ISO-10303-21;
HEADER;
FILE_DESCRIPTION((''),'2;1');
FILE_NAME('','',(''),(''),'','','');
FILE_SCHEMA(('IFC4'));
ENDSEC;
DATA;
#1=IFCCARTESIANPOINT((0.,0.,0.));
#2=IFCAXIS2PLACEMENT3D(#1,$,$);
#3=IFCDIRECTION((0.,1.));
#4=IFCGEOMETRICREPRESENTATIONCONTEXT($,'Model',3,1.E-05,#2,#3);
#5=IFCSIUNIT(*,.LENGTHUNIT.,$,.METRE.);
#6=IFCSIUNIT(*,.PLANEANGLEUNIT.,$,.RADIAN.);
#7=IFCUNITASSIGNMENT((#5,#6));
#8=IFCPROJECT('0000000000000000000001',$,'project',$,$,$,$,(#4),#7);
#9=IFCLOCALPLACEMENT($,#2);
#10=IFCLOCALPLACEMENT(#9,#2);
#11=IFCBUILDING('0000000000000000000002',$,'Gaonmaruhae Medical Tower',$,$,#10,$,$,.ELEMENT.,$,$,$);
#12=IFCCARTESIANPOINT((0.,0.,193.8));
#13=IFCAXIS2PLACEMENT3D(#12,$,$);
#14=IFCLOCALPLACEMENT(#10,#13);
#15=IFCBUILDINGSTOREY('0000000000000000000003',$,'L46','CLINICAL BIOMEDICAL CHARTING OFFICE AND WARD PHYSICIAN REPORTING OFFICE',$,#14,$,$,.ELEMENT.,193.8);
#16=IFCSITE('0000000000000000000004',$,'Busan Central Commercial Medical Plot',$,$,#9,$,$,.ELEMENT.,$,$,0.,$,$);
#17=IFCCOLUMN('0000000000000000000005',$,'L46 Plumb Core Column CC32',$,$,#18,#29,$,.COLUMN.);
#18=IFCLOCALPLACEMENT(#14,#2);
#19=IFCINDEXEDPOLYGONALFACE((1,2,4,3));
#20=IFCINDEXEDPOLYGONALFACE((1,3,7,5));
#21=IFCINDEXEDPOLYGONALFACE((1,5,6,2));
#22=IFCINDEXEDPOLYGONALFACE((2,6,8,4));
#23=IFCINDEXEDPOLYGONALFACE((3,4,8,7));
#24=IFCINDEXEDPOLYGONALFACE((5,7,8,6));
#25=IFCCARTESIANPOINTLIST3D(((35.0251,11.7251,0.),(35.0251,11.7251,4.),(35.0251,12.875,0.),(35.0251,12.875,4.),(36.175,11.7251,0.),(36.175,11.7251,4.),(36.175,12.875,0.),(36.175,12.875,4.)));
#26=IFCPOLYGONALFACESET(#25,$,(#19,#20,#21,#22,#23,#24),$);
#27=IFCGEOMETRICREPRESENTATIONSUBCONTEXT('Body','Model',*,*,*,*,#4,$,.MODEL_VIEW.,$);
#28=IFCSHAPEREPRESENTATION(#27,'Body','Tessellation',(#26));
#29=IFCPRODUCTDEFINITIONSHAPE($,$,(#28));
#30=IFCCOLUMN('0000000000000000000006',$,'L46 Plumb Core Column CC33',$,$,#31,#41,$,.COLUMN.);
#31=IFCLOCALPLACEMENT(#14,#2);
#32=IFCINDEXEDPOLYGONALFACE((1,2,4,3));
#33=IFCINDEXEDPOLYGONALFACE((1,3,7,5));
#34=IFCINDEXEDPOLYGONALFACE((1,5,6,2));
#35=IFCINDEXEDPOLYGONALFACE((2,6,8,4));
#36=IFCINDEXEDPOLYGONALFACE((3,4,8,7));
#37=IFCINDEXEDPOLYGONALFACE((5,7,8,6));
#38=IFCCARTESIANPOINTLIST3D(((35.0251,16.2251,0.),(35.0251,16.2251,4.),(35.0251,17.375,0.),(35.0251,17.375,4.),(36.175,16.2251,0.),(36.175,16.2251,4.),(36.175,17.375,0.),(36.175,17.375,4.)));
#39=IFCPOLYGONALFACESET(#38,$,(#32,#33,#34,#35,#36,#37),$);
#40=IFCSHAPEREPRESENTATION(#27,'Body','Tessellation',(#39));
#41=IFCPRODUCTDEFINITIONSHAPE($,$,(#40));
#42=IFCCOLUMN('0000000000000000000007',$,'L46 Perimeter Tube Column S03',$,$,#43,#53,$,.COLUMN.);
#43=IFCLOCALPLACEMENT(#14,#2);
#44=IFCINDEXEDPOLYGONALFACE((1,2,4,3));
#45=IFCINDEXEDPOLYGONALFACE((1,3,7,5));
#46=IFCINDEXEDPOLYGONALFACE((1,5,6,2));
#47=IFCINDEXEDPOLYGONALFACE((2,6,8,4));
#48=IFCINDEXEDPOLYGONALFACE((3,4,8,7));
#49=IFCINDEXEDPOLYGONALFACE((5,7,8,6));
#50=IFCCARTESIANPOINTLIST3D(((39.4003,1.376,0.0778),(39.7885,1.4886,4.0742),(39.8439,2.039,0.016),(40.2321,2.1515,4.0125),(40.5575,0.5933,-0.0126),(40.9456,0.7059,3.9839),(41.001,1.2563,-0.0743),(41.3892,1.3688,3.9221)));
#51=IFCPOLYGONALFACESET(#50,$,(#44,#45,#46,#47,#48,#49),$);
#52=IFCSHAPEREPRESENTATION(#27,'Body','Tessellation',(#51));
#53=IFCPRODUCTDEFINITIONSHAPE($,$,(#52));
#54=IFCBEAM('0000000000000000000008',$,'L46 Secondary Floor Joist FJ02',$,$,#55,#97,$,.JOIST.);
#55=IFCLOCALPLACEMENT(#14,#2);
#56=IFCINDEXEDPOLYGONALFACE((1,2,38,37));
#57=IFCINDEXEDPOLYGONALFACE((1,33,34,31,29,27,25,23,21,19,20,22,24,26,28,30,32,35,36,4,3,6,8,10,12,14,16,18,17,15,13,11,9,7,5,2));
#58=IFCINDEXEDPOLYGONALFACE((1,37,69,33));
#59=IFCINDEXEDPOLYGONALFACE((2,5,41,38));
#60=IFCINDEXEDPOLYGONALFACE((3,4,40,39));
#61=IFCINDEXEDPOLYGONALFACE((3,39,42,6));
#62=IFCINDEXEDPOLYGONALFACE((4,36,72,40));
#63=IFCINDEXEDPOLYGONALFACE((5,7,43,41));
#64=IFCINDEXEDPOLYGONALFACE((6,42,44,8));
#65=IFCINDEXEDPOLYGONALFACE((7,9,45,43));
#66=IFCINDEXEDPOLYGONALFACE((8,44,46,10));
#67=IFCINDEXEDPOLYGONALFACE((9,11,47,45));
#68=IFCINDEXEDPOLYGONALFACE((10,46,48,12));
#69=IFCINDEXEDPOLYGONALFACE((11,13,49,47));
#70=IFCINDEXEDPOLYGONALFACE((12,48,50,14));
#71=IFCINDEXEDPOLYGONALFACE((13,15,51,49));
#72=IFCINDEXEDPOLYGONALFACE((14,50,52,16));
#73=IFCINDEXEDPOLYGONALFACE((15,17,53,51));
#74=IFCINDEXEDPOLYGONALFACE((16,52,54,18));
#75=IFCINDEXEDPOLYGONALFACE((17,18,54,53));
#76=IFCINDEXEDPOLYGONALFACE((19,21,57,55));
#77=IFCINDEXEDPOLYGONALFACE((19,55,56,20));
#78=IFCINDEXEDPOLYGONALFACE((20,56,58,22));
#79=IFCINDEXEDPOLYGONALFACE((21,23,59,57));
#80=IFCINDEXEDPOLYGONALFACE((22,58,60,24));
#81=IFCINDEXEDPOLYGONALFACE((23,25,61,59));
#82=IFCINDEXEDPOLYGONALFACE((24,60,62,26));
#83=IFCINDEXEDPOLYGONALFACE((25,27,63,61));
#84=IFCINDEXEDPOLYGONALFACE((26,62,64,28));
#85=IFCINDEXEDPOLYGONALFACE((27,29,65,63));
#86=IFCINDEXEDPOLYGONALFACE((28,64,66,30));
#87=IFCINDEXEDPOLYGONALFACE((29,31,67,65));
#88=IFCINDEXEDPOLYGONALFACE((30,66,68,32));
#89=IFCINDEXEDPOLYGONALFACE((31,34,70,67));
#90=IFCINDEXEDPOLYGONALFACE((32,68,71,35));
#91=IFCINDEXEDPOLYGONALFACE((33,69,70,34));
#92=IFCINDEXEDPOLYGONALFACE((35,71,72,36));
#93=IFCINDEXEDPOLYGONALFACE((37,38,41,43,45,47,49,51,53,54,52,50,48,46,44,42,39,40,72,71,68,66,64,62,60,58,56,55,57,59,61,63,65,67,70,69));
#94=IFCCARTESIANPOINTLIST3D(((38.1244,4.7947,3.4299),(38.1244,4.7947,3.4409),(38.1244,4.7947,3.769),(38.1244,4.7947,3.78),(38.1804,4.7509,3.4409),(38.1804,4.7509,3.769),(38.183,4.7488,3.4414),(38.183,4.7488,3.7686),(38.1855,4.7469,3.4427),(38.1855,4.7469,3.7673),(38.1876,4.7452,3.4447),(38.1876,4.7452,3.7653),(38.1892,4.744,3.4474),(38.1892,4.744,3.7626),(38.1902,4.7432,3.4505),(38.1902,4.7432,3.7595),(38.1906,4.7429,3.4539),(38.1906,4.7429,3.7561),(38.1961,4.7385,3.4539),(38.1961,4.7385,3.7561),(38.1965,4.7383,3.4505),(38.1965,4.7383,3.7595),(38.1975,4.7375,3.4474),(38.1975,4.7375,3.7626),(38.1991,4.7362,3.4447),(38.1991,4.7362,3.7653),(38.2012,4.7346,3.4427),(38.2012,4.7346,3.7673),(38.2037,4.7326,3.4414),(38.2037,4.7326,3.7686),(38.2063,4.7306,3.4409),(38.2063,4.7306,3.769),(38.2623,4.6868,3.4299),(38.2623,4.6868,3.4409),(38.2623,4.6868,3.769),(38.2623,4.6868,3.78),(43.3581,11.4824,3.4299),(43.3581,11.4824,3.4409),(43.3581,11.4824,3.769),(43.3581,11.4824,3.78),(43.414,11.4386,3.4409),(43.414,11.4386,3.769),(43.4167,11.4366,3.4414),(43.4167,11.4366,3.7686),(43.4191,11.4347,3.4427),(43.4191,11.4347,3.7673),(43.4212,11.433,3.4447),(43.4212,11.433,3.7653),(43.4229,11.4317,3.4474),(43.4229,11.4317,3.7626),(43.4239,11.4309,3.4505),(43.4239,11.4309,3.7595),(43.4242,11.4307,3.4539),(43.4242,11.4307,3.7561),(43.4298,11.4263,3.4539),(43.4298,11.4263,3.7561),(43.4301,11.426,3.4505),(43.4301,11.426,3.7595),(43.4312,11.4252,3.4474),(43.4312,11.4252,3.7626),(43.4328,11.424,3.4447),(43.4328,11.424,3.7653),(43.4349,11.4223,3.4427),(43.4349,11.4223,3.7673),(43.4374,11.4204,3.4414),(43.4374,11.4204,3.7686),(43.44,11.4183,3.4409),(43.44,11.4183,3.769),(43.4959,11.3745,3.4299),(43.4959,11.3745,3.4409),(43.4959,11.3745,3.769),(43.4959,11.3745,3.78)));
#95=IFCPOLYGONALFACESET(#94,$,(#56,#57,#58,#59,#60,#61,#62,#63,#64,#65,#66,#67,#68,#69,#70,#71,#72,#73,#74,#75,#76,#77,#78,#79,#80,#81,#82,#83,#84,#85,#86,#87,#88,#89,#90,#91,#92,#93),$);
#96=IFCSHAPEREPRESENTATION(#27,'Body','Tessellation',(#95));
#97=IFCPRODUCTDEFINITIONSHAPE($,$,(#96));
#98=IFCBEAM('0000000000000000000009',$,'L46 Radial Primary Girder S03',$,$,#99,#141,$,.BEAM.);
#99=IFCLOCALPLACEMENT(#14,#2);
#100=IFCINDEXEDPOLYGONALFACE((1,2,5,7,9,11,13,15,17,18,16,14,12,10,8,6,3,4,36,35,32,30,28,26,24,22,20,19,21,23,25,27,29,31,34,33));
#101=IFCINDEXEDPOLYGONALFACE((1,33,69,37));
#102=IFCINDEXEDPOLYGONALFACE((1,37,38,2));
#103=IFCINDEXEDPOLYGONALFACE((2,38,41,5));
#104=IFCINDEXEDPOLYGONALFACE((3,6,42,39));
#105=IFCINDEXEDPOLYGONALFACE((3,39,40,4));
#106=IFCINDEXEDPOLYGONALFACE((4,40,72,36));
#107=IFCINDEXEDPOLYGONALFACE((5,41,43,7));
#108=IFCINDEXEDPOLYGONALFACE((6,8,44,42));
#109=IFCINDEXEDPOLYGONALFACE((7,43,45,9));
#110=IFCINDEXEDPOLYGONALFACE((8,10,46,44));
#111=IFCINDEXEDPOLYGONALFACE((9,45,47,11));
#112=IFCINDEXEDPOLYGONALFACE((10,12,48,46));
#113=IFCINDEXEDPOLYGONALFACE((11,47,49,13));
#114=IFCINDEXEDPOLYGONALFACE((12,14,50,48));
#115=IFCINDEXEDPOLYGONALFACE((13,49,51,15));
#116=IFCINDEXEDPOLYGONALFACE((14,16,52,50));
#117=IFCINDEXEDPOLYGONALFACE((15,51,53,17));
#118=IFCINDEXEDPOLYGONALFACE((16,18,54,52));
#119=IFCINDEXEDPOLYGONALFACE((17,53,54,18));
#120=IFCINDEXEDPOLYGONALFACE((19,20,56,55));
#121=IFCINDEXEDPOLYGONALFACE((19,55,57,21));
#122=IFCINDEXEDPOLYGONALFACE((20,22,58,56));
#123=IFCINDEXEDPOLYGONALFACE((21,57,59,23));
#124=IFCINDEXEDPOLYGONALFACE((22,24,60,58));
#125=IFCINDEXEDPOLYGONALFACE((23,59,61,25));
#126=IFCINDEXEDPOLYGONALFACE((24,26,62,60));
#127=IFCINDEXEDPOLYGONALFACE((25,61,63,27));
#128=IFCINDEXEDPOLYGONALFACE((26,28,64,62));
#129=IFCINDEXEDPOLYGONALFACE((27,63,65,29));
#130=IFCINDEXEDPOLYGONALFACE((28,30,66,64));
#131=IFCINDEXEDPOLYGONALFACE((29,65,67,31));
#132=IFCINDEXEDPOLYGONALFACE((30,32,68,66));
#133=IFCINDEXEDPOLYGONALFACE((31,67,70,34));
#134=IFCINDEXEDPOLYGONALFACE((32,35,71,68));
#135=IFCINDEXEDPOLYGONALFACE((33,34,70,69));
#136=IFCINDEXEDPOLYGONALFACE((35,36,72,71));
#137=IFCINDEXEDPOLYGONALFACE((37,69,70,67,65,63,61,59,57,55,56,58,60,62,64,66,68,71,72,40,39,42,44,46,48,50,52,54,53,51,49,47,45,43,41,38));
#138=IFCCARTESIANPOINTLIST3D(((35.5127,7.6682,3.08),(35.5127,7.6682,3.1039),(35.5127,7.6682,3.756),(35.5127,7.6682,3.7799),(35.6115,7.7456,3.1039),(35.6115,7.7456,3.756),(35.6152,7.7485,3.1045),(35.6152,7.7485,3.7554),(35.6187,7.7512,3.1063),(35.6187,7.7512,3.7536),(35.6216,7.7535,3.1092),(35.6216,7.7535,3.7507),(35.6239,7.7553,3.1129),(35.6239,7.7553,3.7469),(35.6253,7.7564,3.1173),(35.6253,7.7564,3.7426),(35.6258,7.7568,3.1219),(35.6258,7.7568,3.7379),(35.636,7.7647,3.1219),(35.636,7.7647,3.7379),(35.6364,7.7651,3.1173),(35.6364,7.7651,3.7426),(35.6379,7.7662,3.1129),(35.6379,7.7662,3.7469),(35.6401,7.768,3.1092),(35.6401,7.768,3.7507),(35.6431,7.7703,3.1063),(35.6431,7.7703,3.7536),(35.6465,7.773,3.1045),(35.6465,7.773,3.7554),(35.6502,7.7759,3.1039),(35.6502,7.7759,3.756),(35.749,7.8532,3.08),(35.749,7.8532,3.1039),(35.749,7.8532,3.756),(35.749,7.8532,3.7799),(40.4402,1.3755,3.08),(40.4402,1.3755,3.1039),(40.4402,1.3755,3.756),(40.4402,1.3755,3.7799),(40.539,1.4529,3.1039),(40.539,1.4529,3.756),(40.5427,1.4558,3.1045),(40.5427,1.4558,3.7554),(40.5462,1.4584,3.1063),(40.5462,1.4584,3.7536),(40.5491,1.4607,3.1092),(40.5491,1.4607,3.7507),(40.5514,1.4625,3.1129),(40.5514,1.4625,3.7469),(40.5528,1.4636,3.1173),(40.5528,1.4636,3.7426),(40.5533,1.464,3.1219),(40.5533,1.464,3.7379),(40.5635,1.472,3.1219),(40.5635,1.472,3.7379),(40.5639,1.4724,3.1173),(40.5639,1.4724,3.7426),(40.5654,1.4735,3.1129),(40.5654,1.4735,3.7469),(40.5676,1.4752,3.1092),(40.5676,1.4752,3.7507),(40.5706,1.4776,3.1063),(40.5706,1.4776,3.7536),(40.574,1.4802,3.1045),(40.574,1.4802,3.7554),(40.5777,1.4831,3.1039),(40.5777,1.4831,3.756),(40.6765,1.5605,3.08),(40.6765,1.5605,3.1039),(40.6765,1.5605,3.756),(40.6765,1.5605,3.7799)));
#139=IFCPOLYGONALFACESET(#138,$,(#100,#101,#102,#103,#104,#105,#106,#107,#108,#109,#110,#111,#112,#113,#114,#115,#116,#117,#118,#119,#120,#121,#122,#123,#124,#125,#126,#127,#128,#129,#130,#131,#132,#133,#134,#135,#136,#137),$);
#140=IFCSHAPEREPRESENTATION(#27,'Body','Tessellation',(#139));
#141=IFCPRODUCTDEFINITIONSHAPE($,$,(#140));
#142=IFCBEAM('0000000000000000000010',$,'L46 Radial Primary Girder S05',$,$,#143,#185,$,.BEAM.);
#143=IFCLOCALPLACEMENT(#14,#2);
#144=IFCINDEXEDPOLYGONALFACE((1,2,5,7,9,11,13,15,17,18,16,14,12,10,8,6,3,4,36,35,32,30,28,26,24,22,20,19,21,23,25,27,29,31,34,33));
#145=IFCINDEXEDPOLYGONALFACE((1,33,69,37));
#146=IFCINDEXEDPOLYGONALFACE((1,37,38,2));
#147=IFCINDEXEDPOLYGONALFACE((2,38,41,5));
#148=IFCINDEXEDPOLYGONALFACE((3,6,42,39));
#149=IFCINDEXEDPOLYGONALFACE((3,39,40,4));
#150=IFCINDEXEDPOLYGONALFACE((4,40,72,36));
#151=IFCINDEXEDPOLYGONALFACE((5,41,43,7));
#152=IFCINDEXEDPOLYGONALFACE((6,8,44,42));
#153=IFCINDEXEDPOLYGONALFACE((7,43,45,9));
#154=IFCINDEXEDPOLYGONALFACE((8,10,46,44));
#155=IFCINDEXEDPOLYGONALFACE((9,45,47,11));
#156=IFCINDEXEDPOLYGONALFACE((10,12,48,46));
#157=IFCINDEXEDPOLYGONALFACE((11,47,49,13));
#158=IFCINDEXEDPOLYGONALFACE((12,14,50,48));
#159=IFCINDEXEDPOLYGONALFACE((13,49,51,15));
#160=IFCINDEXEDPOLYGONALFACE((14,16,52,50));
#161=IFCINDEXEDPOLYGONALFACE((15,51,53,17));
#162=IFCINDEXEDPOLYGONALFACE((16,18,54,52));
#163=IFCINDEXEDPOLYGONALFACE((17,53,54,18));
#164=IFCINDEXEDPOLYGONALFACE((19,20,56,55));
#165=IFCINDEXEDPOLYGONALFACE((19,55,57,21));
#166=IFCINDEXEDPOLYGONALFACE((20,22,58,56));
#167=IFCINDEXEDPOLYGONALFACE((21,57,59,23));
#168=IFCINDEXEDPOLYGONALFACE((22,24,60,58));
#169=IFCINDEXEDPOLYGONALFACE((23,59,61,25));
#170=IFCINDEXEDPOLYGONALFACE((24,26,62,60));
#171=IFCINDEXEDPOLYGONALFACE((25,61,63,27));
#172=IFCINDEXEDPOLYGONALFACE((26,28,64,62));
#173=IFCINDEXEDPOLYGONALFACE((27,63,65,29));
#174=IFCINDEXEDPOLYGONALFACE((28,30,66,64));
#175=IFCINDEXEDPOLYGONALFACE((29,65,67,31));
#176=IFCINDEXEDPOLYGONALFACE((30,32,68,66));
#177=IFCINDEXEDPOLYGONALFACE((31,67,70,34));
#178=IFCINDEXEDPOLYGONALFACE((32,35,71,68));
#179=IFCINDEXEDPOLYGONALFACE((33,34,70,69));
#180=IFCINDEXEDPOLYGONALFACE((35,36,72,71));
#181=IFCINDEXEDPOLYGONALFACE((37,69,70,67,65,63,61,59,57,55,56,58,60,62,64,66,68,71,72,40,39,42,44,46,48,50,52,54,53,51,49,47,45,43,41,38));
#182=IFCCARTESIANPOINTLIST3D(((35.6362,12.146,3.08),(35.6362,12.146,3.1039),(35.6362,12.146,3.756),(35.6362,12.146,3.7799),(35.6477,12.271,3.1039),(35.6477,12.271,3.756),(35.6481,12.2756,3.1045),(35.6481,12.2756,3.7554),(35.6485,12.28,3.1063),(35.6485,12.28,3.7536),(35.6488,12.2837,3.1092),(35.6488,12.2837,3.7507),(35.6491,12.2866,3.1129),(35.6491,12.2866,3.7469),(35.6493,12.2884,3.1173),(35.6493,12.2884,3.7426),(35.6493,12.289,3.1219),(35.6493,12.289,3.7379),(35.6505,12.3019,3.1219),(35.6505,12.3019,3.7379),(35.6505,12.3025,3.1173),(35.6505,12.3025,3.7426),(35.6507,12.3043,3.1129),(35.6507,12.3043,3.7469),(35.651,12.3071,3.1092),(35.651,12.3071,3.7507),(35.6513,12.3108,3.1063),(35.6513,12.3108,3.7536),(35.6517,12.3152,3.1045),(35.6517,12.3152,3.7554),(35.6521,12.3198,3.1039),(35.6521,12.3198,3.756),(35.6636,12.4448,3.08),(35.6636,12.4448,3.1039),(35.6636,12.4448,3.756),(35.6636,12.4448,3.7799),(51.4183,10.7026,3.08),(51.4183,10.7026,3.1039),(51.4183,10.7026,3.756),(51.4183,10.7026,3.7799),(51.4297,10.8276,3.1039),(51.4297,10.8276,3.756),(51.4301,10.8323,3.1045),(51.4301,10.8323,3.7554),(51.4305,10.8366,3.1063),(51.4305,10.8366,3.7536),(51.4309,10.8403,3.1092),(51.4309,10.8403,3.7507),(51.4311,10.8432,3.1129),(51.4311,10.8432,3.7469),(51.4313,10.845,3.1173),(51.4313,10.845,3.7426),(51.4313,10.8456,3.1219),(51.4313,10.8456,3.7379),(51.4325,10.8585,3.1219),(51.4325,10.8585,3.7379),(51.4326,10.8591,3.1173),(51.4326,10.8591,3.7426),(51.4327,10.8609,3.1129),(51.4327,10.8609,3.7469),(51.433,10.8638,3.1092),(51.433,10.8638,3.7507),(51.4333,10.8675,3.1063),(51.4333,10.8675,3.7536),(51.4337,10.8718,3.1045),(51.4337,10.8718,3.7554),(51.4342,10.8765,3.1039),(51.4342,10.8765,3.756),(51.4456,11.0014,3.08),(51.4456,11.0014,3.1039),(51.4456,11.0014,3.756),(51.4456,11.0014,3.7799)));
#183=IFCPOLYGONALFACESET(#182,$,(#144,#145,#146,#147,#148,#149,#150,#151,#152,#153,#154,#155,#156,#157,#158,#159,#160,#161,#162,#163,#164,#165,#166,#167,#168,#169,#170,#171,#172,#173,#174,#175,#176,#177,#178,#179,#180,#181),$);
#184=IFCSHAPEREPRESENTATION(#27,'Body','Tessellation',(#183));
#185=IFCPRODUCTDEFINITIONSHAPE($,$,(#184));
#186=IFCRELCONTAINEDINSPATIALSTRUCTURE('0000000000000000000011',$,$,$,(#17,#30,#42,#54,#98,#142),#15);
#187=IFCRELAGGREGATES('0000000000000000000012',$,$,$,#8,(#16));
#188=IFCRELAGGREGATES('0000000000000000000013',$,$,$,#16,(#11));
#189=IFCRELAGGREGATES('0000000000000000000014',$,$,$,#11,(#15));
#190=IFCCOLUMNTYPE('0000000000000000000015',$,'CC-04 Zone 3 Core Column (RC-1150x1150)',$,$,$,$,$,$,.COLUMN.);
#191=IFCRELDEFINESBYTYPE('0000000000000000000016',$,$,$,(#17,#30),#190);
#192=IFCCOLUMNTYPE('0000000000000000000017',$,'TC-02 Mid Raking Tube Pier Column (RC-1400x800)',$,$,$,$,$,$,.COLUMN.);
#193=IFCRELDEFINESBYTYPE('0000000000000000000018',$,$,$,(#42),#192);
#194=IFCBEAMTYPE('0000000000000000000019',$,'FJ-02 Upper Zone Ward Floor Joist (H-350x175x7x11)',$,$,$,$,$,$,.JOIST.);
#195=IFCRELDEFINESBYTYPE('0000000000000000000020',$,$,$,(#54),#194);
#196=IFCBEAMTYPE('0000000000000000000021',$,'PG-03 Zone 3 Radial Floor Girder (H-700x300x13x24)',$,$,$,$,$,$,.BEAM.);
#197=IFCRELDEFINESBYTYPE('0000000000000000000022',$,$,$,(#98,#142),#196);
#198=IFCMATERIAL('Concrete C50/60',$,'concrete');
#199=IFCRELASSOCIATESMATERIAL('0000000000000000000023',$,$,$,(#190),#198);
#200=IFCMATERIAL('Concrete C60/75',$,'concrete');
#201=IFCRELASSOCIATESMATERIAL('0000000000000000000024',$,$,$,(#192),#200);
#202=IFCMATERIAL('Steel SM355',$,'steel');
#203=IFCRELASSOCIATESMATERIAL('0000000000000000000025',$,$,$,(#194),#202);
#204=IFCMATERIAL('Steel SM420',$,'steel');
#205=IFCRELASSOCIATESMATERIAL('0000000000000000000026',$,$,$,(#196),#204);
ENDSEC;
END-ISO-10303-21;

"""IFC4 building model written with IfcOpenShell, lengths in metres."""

from ifc_helpers import new_model, si_unit, direction, frame, origin, origin_2d, place, context, subcontext, project, spatial, rectangle, i_section, extrude, material, material_profile, profile_set, type_object, element, save


model = new_model("IFC4")

# Units and contexts
model_context = context("Model", 3, precision=1e-05, world=origin(), true_north=direction((0.0, 1.0)))
body_context = subcontext(model_context, "Body", "Model", "MODEL_VIEW")
ifc_project = project(units=[si_unit("LENGTHUNIT", "METRE"), si_unit("PLANEANGLEUNIT", "RADIAN")], contexts=[model_context])

# Site, building, storey
site_placement = place(None, origin())
site = spatial("IfcSite", under=ifc_project, at=site_placement, Name="Busan Central Commercial Medical Plot", CompositionType="ELEMENT", RefElevation=0.0)
building_placement = place(site_placement, origin())
building = spatial("IfcBuilding", under=site, at=building_placement, Name="Gaonmaruhae Medical Tower", CompositionType="ELEMENT")
storey_placement = place(building_placement, frame((0.0, 0.0, 193.8)))
storey = spatial("IfcBuildingStorey", under=building, at=storey_placement, Name="L46", Description="CLINICAL BIOMEDICAL CHARTING OFFICE AND WARD PHYSICIAN REPORTING OFFICE", CompositionType="ELEMENT", Elevation=193.8)

# Columns
ifc_material_1 = material(Name="Concrete C50/60", Category="concrete")
ifc_material_profile_1 = material_profile(ifc_material_1, rectangle(XDim=1.1499, YDim=1.1499, at=origin_2d()), Name="RC-1150x1150")
ifc_profile_set_1 = profile_set([ifc_material_profile_1], Name="Concrete C50/60")
column_type_1 = type_object("IfcColumnType", Name="CC-04 Zone 3 Core Column (RC-1150x1150)", PredefinedType="COLUMN", material=ifc_profile_set_1)
for number, where, z_axis, x_axis, name in (
    (1, (35.6001, 12.3, 0.0), (0.0, 0.0, 1.0), (1.0, 0.0, 0.0), "L46 Plumb Core Column CC32"),
    (2, (35.6001, 16.8, 0.0), (0.0, 0.0, 1.0), (1.0, 0.0, 0.0), "L46 Plumb Core Column CC33"),
):
    element("IfcColumn", number, at=place(storey_placement, frame(where, z_axis=z_axis, x_axis=x_axis)), inside=storey, type_object=column_type_1, Name=name, PredefinedType="COLUMN", context=body_context, shape_type="SweptSolid", body=[
        extrude(rectangle(XDim=1.1499, YDim=1.1499, at=origin_2d()), origin(), (0.0, 0.0, 1.0), 4.0),
    ])
ifc_material_2 = material(Name="Concrete C60/75", Category="concrete")
ifc_material_profile_2 = material_profile(ifc_material_2, rectangle(XDim=1.3999, YDim=0.8, at=origin_2d()), Name="RC-1400x800")
ifc_profile_set_2 = profile_set([ifc_material_profile_2], Name="Concrete C60/75")
column_type_2 = type_object("IfcColumnType", Name="TC-02 Mid Raking Tube Pier Column (RC-1400x800)", PredefinedType="COLUMN", material=ifc_profile_set_2)
column_placement = place(storey_placement, frame((40.2007, 1.3162, 0.0017), z_axis=(0.096642, 0.02802, 0.994925), x_axis=(-0.826582, 0.559103, 0.064544)))
element("IfcColumn", 3, at=column_placement, inside=storey, type_object=column_type_2, Name="L46 Perimeter Tube Column S03", PredefinedType="COLUMN", context=body_context, shape_type="SweptSolid", body=[
    extrude(rectangle(XDim=1.3999, YDim=0.8, at=origin_2d()), origin(), (0.0, 0.0, 1.0), 4.0168),
])

# Beams
ifc_material_3 = material(Name="Steel SM355", Category="steel")
ifc_material_profile_3 = material_profile(ifc_material_3, i_section(OverallWidth=0.175, OverallDepth=0.3501, WebThickness=0.0071, FlangeThickness=0.011, FilletRadius=0.0129, at=origin_2d()), Name="H-350x175x7x11")
ifc_profile_set_3 = profile_set([ifc_material_profile_3], Name="Steel SM355")
beam_type_1 = type_object("IfcBeamType", Name="FJ-02 Upper Zone Ward Floor Joist (H-350x175x7x11)", PredefinedType="JOIST", material=ifc_profile_set_3)
beam_1_placement = place(storey_placement, frame((38.1934, 4.7407, 3.605), z_axis=(0.61629, 0.787519, 0.0), x_axis=(-0.787519, 0.61629, 0.0)))
element("IfcBeam", 4, at=beam_1_placement, inside=storey, type_object=beam_type_1, Name="L46 Secondary Floor Joist FJ02", PredefinedType="JOIST", context=body_context, shape_type="SweptSolid", body=[
    extrude(i_section(OverallWidth=0.175, OverallDepth=0.3501, WebThickness=0.0071, FlangeThickness=0.011, FilletRadius=0.0129, at=origin_2d()), origin(), (0.0, 0.0, 1.0), 8.4922),
])
ifc_material_4 = material(Name="Steel SM420", Category="steel")
ifc_material_profile_4 = material_profile(ifc_material_4, i_section(OverallWidth=0.3, OverallDepth=0.7, WebThickness=0.0129, FlangeThickness=0.0239, FilletRadius=0.0181, at=origin_2d()), Name="H-700x300x13x24")
ifc_profile_set_4 = profile_set([ifc_material_profile_4], Name="Steel SM420")
beam_type_2 = type_object("IfcBeamType", Name="PG-03 Zone 3 Radial Floor Girder (H-700x300x13x24)", PredefinedType="BEAM", material=ifc_profile_set_4)
beam_2_placement = place(storey_placement, frame((35.6309, 7.7607, 3.4299), z_axis=(0.616522, -0.787338, 0.0), x_axis=(0.787338, 0.616522, 0.0)))
element("IfcBeam", 5, at=beam_2_placement, inside=storey, type_object=beam_type_2, Name="L46 Radial Primary Girder S03", PredefinedType="BEAM", context=body_context, shape_type="SweptSolid", body=[
    extrude(i_section(OverallWidth=0.3, OverallDepth=0.7, WebThickness=0.0129, FlangeThickness=0.0239, FilletRadius=0.0181, at=origin_2d()), origin(), (0.0, 0.0, 1.0), 7.9924),
])
beam_3_placement = place(storey_placement, frame((35.6499, 12.2954, 3.4299), z_axis=(0.995844, -0.091076, 0.0), x_axis=(0.091076, 0.995844, 0.0)))
element("IfcBeam", 6, at=beam_3_placement, inside=storey, type_object=beam_type_2, Name="L46 Radial Primary Girder S05", PredefinedType="BEAM", context=body_context, shape_type="SweptSolid", body=[
    extrude(i_section(OverallWidth=0.3, OverallDepth=0.7, WebThickness=0.0129, FlangeThickness=0.0239, FilletRadius=0.0181, at=origin_2d()), origin(), (0.0, 0.0, 1.0), 15.8479),
])

save(model, "model.ifc")
